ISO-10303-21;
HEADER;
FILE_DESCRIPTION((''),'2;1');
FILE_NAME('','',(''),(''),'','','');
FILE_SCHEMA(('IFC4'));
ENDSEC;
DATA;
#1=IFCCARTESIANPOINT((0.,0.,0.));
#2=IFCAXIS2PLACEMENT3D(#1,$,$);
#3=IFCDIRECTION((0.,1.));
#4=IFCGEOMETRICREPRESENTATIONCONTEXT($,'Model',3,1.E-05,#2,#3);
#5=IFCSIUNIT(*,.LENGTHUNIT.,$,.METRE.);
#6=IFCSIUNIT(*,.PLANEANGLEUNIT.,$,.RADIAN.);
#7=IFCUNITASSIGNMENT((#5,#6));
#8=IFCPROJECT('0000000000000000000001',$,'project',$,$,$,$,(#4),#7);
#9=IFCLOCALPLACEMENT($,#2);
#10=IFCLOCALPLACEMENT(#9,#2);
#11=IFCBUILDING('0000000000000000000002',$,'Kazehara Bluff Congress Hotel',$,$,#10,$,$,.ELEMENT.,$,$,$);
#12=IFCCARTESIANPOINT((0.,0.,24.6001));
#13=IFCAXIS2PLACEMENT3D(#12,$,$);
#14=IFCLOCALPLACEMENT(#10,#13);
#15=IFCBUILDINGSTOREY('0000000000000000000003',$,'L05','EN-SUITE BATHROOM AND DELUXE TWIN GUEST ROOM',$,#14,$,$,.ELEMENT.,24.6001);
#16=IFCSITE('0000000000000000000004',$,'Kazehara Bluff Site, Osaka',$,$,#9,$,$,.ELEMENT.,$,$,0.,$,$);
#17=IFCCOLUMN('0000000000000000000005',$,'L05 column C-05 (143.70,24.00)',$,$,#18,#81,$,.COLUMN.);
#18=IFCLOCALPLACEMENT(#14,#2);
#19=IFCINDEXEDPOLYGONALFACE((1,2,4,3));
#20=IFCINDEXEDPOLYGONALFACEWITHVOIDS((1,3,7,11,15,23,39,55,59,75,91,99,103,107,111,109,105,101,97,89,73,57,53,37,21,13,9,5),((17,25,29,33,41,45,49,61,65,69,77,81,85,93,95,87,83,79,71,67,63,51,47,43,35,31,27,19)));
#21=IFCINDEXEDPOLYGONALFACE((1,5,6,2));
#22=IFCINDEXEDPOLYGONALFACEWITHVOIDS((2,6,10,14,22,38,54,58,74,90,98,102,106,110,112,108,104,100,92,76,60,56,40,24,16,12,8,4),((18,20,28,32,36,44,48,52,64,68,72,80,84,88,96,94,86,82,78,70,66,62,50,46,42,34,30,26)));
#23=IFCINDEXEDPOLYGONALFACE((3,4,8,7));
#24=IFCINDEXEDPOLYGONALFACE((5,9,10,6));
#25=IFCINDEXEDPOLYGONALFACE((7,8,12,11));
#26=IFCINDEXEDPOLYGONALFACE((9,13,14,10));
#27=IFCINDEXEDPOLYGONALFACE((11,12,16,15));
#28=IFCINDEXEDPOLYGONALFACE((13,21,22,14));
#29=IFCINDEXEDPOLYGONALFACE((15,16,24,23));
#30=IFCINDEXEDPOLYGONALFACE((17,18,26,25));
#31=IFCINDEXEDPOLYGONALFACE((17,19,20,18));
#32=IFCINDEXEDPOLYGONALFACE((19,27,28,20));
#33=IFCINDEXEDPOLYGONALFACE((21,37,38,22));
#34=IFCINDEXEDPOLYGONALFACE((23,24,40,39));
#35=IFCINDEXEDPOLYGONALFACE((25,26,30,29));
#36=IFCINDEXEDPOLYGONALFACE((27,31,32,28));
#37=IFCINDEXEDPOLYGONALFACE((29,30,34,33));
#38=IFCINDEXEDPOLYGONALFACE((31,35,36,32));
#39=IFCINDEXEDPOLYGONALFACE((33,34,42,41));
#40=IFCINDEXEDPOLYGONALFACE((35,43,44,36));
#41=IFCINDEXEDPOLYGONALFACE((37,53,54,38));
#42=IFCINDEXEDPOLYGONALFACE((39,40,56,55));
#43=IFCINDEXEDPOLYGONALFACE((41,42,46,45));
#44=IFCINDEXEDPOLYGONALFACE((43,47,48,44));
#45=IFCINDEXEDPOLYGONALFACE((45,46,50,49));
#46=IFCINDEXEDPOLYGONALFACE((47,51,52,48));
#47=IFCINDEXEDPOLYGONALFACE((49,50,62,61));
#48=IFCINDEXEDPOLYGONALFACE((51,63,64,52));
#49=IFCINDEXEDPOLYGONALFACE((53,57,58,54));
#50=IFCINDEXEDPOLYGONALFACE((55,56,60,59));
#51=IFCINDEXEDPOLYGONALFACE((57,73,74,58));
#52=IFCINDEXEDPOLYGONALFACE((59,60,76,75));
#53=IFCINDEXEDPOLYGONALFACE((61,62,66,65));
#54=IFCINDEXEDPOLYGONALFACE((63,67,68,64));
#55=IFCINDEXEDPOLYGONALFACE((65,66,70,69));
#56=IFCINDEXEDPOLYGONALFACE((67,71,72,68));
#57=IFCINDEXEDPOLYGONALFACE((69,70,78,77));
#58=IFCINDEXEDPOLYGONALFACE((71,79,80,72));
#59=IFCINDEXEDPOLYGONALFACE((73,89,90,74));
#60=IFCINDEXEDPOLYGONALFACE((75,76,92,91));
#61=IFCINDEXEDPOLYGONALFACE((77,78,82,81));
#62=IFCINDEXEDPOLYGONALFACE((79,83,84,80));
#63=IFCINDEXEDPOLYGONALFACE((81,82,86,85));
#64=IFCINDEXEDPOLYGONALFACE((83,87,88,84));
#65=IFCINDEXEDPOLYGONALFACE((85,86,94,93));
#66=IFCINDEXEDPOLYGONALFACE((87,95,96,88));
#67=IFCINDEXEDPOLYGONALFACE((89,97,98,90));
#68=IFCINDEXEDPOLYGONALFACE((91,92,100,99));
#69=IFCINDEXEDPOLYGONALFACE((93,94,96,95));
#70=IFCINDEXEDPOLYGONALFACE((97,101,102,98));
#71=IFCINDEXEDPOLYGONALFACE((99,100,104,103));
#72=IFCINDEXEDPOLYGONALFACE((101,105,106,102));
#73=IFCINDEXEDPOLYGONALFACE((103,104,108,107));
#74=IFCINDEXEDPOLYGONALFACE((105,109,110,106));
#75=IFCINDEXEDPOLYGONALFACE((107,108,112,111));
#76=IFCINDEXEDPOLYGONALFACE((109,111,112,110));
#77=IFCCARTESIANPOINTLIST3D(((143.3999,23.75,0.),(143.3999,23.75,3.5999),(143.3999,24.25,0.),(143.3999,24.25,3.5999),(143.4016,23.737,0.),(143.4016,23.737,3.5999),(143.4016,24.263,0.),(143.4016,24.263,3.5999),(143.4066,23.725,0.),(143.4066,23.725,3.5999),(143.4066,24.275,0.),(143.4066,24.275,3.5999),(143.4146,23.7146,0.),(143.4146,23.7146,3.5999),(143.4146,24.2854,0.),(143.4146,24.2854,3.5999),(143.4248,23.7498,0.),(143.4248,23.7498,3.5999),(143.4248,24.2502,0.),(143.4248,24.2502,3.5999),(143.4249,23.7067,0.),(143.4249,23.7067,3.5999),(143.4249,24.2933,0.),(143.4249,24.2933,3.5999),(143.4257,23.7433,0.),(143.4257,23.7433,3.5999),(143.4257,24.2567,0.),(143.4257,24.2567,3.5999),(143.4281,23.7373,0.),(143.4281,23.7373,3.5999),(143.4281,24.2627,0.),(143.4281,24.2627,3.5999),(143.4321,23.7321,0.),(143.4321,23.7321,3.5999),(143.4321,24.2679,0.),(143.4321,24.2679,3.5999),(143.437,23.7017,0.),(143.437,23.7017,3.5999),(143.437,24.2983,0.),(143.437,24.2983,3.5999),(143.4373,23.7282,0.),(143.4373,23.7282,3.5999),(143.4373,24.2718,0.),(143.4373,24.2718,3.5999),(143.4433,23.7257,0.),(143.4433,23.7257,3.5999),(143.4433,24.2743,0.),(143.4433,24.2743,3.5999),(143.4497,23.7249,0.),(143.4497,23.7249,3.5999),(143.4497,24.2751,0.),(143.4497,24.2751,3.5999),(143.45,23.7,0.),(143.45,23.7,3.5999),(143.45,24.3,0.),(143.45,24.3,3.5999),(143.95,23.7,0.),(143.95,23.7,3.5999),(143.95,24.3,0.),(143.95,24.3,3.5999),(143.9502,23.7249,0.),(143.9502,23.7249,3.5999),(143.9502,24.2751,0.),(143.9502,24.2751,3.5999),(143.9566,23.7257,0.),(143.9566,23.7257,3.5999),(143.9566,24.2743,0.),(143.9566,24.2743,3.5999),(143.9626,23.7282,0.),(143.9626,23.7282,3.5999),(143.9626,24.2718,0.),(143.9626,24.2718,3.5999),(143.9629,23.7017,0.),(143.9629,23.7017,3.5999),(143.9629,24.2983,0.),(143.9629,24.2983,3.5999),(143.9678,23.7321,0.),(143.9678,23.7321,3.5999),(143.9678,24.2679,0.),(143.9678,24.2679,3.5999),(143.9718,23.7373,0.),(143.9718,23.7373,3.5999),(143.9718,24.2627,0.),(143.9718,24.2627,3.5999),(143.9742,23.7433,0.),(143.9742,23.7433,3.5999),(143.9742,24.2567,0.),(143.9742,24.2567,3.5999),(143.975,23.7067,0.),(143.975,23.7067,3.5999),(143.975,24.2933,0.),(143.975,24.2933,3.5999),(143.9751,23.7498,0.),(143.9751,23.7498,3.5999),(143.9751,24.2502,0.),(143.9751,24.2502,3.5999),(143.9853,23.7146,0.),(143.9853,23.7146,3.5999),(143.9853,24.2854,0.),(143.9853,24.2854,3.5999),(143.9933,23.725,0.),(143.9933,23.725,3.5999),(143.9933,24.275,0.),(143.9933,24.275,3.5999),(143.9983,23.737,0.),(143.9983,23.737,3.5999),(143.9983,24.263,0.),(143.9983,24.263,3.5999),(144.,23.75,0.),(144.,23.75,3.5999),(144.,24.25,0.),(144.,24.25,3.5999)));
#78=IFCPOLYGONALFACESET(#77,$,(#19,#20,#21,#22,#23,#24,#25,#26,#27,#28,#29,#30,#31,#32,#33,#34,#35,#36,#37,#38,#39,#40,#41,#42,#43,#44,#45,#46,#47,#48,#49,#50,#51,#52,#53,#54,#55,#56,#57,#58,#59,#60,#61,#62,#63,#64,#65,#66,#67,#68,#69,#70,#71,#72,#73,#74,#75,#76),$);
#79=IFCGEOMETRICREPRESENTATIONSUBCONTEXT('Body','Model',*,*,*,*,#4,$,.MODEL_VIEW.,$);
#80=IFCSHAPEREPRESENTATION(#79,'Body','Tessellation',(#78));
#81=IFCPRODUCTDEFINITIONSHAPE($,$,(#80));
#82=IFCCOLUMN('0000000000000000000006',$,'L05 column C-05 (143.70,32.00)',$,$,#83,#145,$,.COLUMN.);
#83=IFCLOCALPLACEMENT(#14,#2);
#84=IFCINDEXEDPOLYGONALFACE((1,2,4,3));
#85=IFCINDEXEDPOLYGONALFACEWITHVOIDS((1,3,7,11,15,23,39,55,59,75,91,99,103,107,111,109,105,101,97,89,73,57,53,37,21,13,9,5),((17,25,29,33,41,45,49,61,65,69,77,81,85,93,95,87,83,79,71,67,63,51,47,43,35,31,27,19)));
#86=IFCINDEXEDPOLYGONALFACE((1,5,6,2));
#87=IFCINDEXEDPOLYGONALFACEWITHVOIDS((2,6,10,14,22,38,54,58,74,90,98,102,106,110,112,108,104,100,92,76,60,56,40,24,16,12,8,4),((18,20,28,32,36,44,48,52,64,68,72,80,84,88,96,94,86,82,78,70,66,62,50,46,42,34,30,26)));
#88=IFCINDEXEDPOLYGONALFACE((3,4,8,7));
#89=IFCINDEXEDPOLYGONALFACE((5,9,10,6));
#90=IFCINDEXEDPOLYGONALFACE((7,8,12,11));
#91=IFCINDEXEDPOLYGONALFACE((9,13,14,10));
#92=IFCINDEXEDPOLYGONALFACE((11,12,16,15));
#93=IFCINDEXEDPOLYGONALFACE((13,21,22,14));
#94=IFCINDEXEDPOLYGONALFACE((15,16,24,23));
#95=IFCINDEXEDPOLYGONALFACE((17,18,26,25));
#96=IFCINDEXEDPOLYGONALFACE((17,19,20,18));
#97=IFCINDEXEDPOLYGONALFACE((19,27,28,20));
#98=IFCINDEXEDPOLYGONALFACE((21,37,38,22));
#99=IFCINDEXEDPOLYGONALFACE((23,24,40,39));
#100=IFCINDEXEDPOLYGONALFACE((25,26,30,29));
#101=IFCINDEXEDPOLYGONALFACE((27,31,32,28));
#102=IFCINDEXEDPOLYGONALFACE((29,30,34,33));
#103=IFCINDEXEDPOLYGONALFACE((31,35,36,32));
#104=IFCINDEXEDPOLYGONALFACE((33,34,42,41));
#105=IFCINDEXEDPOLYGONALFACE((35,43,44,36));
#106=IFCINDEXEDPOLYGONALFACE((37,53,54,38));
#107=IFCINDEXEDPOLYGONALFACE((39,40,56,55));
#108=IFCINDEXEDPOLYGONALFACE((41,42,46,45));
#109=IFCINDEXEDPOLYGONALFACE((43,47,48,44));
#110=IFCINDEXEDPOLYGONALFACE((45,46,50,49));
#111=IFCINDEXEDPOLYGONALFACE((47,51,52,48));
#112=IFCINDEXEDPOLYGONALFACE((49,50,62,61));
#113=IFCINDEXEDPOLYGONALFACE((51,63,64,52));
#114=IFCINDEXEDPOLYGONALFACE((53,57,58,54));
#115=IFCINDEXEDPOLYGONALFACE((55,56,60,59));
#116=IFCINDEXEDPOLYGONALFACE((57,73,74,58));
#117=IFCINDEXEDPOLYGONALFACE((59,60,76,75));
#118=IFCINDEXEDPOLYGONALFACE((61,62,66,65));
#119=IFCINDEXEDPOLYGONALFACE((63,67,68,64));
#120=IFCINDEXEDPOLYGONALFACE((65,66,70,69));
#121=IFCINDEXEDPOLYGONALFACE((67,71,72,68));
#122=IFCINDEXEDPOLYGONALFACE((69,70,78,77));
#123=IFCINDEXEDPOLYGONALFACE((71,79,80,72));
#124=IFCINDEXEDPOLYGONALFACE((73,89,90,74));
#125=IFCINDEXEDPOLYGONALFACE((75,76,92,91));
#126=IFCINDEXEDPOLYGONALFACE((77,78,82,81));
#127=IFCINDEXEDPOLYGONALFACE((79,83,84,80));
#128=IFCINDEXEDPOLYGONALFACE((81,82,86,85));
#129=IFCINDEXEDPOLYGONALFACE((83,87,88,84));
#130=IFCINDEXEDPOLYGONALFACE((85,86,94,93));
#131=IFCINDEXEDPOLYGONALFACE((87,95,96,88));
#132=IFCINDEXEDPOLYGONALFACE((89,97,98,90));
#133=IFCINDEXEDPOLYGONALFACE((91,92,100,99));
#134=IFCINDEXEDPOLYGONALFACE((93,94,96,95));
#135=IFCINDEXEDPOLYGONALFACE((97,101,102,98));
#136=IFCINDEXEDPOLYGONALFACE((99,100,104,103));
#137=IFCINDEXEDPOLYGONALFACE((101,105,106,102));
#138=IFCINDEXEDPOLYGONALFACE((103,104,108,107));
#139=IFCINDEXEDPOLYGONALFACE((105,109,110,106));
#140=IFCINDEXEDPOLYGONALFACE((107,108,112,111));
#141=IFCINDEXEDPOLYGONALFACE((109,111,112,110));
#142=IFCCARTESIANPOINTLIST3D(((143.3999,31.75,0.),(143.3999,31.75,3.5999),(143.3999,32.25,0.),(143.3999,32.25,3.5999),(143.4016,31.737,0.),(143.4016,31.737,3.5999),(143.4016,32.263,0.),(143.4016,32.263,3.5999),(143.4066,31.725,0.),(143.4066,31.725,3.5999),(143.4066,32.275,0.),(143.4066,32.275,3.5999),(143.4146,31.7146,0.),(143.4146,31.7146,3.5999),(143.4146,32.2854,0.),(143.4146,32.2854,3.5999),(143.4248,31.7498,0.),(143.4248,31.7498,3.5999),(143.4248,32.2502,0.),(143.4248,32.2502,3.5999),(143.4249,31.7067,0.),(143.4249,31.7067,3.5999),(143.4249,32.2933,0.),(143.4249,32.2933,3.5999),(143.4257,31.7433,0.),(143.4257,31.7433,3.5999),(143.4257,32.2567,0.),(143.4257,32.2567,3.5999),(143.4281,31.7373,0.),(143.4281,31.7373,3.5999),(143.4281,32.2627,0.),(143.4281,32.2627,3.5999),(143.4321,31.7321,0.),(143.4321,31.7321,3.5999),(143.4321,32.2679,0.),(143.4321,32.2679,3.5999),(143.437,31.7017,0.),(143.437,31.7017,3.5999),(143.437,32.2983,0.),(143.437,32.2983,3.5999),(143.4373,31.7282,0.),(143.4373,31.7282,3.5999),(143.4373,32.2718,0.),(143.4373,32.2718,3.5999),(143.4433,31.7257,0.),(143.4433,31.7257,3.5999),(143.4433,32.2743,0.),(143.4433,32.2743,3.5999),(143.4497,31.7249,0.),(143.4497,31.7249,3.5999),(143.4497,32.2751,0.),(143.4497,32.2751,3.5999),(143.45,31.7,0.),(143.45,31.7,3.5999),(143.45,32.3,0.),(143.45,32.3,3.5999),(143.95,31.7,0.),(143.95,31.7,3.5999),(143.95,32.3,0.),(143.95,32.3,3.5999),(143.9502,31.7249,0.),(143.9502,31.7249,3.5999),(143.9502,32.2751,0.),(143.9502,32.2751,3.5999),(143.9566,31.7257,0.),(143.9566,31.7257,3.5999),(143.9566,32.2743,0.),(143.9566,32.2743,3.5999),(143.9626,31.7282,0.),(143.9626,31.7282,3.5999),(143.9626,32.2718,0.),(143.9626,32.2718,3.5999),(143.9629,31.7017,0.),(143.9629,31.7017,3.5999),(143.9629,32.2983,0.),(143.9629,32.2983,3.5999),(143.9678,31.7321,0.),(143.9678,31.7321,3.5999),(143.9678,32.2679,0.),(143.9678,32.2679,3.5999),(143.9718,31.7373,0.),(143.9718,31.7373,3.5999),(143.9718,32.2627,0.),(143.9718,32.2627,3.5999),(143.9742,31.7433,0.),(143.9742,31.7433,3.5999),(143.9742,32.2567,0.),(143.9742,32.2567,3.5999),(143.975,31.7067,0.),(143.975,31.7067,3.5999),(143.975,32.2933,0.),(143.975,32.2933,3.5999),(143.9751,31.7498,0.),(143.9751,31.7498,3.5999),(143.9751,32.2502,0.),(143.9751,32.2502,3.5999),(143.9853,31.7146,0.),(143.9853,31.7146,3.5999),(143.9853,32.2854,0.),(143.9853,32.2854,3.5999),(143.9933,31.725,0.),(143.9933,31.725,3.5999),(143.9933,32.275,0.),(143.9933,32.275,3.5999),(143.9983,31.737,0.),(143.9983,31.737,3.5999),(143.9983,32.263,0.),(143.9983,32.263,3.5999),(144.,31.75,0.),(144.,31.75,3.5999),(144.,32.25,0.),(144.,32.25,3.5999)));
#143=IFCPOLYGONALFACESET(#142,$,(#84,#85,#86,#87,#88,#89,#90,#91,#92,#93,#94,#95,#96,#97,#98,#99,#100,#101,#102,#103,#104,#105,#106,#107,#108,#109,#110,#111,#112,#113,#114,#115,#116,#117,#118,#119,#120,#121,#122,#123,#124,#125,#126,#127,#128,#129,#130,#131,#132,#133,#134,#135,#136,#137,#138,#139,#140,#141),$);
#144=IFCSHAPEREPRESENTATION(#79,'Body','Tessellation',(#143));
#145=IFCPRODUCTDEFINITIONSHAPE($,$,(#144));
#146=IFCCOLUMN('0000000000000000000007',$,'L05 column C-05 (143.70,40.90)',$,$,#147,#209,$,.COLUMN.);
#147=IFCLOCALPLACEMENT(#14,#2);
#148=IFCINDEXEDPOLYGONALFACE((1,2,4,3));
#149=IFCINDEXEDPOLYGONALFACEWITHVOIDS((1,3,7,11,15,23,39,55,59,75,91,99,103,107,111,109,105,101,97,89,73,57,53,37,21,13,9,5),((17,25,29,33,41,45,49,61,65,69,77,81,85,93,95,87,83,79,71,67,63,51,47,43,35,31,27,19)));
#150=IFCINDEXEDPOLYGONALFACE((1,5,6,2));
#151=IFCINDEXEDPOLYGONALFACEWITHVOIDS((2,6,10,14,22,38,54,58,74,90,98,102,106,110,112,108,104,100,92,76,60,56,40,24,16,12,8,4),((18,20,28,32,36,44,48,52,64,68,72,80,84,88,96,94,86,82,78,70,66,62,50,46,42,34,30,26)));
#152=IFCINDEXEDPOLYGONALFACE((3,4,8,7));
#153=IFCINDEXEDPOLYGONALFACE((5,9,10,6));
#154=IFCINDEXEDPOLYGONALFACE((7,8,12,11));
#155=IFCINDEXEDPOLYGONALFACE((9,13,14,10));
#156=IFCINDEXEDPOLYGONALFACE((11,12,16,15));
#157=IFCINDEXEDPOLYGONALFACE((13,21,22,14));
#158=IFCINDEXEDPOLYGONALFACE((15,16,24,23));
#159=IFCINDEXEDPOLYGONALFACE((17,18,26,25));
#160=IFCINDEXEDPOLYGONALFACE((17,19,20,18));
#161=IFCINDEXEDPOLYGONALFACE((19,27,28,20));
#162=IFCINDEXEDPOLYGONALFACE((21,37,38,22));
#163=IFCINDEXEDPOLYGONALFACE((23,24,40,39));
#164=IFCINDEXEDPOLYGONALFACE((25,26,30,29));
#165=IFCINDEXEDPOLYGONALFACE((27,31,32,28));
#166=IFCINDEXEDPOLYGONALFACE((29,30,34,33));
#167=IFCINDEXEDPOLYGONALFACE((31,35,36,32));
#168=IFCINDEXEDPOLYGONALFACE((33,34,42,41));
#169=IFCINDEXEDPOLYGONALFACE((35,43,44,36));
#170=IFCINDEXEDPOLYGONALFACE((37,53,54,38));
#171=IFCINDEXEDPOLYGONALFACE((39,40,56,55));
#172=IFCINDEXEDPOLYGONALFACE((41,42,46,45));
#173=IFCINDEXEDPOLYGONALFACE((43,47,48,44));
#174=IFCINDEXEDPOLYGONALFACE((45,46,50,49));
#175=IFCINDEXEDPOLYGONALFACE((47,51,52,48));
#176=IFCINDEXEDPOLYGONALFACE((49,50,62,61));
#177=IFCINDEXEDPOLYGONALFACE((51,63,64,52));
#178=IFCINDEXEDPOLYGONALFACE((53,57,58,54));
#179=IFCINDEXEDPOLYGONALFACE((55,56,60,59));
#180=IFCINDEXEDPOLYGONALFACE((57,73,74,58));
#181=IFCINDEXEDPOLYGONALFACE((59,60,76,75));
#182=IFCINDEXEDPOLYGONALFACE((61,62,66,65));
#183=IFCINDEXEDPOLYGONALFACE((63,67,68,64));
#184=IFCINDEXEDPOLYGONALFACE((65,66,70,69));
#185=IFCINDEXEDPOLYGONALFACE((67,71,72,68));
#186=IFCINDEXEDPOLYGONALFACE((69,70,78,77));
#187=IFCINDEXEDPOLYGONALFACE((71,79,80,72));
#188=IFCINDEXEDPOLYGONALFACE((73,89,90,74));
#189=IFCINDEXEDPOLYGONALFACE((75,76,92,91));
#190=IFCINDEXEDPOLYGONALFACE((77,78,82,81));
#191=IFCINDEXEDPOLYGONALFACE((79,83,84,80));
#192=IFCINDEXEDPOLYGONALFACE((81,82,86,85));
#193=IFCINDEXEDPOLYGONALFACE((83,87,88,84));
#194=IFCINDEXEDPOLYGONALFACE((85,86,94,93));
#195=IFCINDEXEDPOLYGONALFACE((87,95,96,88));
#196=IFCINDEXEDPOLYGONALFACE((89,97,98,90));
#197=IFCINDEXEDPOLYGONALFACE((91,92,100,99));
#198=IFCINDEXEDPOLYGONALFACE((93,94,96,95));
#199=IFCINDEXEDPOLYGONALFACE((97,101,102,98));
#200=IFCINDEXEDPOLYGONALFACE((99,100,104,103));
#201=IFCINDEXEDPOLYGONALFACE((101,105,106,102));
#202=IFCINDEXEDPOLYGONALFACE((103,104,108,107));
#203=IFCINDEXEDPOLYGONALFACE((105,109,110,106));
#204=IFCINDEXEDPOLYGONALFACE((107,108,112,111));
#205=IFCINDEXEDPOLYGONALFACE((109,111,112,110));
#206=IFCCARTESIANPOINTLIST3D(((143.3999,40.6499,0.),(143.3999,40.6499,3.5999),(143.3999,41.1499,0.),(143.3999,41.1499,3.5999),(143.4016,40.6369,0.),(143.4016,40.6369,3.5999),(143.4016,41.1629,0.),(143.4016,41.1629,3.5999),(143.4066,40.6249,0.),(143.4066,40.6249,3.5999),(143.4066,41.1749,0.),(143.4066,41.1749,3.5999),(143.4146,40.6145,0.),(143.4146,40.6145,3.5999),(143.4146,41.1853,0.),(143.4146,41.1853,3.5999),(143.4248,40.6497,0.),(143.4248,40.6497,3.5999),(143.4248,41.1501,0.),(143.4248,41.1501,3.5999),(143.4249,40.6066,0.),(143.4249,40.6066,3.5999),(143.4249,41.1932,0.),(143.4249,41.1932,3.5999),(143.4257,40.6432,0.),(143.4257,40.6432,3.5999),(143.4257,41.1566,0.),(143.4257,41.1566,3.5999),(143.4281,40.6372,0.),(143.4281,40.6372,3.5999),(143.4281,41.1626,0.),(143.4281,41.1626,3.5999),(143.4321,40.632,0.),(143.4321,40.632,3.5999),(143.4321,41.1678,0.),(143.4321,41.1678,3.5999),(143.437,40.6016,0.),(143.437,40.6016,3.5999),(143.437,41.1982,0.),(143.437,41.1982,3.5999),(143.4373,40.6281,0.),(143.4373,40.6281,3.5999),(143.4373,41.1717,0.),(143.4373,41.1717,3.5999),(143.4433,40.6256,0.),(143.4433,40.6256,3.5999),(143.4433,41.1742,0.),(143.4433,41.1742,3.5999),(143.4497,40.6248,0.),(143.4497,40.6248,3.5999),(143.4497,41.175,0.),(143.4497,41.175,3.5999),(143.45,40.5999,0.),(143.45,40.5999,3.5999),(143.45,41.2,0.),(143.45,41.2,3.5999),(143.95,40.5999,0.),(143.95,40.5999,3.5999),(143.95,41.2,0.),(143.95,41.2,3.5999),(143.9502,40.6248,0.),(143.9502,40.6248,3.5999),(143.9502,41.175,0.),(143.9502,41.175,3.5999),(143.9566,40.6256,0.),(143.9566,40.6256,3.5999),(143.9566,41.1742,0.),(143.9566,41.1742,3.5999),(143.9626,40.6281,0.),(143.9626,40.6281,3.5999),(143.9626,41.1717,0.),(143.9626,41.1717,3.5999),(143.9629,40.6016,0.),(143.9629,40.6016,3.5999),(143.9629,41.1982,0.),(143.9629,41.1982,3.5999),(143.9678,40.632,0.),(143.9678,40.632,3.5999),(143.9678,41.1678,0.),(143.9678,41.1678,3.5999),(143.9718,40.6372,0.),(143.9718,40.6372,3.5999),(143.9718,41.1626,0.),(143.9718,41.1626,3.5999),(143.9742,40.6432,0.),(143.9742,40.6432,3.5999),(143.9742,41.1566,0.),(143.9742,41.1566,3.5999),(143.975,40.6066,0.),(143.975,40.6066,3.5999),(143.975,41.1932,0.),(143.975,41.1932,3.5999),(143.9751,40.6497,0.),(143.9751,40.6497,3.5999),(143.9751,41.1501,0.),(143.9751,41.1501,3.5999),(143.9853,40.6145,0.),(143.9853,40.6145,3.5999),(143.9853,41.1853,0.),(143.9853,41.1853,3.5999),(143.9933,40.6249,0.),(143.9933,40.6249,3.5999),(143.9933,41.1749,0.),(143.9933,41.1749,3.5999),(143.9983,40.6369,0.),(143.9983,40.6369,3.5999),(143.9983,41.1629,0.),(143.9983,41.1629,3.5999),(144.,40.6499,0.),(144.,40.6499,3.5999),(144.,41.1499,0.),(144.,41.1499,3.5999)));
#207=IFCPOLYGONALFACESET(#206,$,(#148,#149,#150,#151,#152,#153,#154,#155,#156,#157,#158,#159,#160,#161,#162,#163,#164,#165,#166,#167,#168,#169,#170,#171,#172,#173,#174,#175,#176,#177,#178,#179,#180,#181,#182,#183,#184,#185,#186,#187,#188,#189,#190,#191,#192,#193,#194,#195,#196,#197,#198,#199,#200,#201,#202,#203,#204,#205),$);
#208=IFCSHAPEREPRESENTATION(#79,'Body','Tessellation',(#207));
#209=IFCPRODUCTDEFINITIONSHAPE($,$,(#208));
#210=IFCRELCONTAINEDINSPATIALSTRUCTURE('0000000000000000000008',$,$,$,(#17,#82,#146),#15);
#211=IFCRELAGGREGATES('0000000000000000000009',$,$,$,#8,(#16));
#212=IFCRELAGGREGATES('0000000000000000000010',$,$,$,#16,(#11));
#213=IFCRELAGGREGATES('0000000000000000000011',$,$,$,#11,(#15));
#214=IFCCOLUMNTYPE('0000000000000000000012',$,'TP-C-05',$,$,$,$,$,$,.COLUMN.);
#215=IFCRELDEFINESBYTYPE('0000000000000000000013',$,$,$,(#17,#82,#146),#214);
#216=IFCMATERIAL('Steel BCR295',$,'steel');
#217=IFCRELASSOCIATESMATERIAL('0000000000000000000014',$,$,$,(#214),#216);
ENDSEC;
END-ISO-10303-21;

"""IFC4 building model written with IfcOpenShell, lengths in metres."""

from ifc_helpers import new_model, si_unit, direction, frame, origin, origin_2d, place, context, subcontext, project, spatial, hollow_rectangle, extrude, material, material_profile, profile_set, type_object, element, save


model = new_model("IFC4")

# Units and contexts
model_context = context("Model", 3, precision=1e-05, world=origin(), true_north=direction((0.0, 1.0)))
body_context = subcontext(model_context, "Body", "Model", "MODEL_VIEW")
ifc_project = project(units=[si_unit("LENGTHUNIT", "METRE"), si_unit("PLANEANGLEUNIT", "RADIAN")], contexts=[model_context])

# Site, building, storey
site_placement = place(None, origin())
site = spatial("IfcSite", under=ifc_project, at=site_placement, Name="Kazehara Bluff Site, Osaka", CompositionType="ELEMENT", RefElevation=0.0)
building_placement = place(site_placement, origin())
building = spatial("IfcBuilding", under=site, at=building_placement, Name="Kazehara Bluff Congress Hotel", CompositionType="ELEMENT")
storey_placement = place(building_placement, frame((0.0, 0.0, 24.6001)))
storey = spatial("IfcBuildingStorey", under=building, at=storey_placement, Name="L05", Description="EN-SUITE BATHROOM AND DELUXE TWIN GUEST ROOM", CompositionType="ELEMENT", Elevation=24.6001)

# Columns
ifc_material_1 = material(Name="Steel BCR295", Category="steel")
ifc_material_profile_1 = material_profile(ifc_material_1, hollow_rectangle(XDim=0.6001, YDim=0.6001, WallThickness=0.0249, InnerFilletRadius=0.0249, OuterFilletRadius=0.05, at=origin_2d()))
ifc_profile_set_1 = profile_set([ifc_material_profile_1], Name="Steel BCR295")
column_type = type_object("IfcColumnType", Name="TP-C-05", PredefinedType="COLUMN", material=ifc_profile_set_1)
for number, where, z_axis, x_axis, name in (
    (1, (143.7, 24.0, 0.0), (0.0, 0.0, 1.0), (1.0, 0.0, 0.0), "L05 column C-05 (143.70,24.00)"),
    (2, (143.7, 32.0, 0.0), (0.0, 0.0, 1.0), (1.0, 0.0, 0.0), "L05 column C-05 (143.70,32.00)"),
    (3, (143.7, 40.8999, 0.0), (0.0, 0.0, 1.0), (1.0, 0.0, 0.0), "L05 column C-05 (143.70,40.90)"),
):
    element("IfcColumn", number, at=place(storey_placement, frame(where, z_axis=z_axis, x_axis=x_axis)), inside=storey, type_object=column_type, Name=name, PredefinedType="COLUMN", context=body_context, shape_type="SweptSolid", body=[
        extrude(hollow_rectangle(XDim=0.6001, YDim=0.6001, WallThickness=0.0249, InnerFilletRadius=0.0249, OuterFilletRadius=0.05, at=origin_2d()), origin(), (0.0, 0.0, 1.0), 3.5999),
    ])

save(model, "model.ifc")
